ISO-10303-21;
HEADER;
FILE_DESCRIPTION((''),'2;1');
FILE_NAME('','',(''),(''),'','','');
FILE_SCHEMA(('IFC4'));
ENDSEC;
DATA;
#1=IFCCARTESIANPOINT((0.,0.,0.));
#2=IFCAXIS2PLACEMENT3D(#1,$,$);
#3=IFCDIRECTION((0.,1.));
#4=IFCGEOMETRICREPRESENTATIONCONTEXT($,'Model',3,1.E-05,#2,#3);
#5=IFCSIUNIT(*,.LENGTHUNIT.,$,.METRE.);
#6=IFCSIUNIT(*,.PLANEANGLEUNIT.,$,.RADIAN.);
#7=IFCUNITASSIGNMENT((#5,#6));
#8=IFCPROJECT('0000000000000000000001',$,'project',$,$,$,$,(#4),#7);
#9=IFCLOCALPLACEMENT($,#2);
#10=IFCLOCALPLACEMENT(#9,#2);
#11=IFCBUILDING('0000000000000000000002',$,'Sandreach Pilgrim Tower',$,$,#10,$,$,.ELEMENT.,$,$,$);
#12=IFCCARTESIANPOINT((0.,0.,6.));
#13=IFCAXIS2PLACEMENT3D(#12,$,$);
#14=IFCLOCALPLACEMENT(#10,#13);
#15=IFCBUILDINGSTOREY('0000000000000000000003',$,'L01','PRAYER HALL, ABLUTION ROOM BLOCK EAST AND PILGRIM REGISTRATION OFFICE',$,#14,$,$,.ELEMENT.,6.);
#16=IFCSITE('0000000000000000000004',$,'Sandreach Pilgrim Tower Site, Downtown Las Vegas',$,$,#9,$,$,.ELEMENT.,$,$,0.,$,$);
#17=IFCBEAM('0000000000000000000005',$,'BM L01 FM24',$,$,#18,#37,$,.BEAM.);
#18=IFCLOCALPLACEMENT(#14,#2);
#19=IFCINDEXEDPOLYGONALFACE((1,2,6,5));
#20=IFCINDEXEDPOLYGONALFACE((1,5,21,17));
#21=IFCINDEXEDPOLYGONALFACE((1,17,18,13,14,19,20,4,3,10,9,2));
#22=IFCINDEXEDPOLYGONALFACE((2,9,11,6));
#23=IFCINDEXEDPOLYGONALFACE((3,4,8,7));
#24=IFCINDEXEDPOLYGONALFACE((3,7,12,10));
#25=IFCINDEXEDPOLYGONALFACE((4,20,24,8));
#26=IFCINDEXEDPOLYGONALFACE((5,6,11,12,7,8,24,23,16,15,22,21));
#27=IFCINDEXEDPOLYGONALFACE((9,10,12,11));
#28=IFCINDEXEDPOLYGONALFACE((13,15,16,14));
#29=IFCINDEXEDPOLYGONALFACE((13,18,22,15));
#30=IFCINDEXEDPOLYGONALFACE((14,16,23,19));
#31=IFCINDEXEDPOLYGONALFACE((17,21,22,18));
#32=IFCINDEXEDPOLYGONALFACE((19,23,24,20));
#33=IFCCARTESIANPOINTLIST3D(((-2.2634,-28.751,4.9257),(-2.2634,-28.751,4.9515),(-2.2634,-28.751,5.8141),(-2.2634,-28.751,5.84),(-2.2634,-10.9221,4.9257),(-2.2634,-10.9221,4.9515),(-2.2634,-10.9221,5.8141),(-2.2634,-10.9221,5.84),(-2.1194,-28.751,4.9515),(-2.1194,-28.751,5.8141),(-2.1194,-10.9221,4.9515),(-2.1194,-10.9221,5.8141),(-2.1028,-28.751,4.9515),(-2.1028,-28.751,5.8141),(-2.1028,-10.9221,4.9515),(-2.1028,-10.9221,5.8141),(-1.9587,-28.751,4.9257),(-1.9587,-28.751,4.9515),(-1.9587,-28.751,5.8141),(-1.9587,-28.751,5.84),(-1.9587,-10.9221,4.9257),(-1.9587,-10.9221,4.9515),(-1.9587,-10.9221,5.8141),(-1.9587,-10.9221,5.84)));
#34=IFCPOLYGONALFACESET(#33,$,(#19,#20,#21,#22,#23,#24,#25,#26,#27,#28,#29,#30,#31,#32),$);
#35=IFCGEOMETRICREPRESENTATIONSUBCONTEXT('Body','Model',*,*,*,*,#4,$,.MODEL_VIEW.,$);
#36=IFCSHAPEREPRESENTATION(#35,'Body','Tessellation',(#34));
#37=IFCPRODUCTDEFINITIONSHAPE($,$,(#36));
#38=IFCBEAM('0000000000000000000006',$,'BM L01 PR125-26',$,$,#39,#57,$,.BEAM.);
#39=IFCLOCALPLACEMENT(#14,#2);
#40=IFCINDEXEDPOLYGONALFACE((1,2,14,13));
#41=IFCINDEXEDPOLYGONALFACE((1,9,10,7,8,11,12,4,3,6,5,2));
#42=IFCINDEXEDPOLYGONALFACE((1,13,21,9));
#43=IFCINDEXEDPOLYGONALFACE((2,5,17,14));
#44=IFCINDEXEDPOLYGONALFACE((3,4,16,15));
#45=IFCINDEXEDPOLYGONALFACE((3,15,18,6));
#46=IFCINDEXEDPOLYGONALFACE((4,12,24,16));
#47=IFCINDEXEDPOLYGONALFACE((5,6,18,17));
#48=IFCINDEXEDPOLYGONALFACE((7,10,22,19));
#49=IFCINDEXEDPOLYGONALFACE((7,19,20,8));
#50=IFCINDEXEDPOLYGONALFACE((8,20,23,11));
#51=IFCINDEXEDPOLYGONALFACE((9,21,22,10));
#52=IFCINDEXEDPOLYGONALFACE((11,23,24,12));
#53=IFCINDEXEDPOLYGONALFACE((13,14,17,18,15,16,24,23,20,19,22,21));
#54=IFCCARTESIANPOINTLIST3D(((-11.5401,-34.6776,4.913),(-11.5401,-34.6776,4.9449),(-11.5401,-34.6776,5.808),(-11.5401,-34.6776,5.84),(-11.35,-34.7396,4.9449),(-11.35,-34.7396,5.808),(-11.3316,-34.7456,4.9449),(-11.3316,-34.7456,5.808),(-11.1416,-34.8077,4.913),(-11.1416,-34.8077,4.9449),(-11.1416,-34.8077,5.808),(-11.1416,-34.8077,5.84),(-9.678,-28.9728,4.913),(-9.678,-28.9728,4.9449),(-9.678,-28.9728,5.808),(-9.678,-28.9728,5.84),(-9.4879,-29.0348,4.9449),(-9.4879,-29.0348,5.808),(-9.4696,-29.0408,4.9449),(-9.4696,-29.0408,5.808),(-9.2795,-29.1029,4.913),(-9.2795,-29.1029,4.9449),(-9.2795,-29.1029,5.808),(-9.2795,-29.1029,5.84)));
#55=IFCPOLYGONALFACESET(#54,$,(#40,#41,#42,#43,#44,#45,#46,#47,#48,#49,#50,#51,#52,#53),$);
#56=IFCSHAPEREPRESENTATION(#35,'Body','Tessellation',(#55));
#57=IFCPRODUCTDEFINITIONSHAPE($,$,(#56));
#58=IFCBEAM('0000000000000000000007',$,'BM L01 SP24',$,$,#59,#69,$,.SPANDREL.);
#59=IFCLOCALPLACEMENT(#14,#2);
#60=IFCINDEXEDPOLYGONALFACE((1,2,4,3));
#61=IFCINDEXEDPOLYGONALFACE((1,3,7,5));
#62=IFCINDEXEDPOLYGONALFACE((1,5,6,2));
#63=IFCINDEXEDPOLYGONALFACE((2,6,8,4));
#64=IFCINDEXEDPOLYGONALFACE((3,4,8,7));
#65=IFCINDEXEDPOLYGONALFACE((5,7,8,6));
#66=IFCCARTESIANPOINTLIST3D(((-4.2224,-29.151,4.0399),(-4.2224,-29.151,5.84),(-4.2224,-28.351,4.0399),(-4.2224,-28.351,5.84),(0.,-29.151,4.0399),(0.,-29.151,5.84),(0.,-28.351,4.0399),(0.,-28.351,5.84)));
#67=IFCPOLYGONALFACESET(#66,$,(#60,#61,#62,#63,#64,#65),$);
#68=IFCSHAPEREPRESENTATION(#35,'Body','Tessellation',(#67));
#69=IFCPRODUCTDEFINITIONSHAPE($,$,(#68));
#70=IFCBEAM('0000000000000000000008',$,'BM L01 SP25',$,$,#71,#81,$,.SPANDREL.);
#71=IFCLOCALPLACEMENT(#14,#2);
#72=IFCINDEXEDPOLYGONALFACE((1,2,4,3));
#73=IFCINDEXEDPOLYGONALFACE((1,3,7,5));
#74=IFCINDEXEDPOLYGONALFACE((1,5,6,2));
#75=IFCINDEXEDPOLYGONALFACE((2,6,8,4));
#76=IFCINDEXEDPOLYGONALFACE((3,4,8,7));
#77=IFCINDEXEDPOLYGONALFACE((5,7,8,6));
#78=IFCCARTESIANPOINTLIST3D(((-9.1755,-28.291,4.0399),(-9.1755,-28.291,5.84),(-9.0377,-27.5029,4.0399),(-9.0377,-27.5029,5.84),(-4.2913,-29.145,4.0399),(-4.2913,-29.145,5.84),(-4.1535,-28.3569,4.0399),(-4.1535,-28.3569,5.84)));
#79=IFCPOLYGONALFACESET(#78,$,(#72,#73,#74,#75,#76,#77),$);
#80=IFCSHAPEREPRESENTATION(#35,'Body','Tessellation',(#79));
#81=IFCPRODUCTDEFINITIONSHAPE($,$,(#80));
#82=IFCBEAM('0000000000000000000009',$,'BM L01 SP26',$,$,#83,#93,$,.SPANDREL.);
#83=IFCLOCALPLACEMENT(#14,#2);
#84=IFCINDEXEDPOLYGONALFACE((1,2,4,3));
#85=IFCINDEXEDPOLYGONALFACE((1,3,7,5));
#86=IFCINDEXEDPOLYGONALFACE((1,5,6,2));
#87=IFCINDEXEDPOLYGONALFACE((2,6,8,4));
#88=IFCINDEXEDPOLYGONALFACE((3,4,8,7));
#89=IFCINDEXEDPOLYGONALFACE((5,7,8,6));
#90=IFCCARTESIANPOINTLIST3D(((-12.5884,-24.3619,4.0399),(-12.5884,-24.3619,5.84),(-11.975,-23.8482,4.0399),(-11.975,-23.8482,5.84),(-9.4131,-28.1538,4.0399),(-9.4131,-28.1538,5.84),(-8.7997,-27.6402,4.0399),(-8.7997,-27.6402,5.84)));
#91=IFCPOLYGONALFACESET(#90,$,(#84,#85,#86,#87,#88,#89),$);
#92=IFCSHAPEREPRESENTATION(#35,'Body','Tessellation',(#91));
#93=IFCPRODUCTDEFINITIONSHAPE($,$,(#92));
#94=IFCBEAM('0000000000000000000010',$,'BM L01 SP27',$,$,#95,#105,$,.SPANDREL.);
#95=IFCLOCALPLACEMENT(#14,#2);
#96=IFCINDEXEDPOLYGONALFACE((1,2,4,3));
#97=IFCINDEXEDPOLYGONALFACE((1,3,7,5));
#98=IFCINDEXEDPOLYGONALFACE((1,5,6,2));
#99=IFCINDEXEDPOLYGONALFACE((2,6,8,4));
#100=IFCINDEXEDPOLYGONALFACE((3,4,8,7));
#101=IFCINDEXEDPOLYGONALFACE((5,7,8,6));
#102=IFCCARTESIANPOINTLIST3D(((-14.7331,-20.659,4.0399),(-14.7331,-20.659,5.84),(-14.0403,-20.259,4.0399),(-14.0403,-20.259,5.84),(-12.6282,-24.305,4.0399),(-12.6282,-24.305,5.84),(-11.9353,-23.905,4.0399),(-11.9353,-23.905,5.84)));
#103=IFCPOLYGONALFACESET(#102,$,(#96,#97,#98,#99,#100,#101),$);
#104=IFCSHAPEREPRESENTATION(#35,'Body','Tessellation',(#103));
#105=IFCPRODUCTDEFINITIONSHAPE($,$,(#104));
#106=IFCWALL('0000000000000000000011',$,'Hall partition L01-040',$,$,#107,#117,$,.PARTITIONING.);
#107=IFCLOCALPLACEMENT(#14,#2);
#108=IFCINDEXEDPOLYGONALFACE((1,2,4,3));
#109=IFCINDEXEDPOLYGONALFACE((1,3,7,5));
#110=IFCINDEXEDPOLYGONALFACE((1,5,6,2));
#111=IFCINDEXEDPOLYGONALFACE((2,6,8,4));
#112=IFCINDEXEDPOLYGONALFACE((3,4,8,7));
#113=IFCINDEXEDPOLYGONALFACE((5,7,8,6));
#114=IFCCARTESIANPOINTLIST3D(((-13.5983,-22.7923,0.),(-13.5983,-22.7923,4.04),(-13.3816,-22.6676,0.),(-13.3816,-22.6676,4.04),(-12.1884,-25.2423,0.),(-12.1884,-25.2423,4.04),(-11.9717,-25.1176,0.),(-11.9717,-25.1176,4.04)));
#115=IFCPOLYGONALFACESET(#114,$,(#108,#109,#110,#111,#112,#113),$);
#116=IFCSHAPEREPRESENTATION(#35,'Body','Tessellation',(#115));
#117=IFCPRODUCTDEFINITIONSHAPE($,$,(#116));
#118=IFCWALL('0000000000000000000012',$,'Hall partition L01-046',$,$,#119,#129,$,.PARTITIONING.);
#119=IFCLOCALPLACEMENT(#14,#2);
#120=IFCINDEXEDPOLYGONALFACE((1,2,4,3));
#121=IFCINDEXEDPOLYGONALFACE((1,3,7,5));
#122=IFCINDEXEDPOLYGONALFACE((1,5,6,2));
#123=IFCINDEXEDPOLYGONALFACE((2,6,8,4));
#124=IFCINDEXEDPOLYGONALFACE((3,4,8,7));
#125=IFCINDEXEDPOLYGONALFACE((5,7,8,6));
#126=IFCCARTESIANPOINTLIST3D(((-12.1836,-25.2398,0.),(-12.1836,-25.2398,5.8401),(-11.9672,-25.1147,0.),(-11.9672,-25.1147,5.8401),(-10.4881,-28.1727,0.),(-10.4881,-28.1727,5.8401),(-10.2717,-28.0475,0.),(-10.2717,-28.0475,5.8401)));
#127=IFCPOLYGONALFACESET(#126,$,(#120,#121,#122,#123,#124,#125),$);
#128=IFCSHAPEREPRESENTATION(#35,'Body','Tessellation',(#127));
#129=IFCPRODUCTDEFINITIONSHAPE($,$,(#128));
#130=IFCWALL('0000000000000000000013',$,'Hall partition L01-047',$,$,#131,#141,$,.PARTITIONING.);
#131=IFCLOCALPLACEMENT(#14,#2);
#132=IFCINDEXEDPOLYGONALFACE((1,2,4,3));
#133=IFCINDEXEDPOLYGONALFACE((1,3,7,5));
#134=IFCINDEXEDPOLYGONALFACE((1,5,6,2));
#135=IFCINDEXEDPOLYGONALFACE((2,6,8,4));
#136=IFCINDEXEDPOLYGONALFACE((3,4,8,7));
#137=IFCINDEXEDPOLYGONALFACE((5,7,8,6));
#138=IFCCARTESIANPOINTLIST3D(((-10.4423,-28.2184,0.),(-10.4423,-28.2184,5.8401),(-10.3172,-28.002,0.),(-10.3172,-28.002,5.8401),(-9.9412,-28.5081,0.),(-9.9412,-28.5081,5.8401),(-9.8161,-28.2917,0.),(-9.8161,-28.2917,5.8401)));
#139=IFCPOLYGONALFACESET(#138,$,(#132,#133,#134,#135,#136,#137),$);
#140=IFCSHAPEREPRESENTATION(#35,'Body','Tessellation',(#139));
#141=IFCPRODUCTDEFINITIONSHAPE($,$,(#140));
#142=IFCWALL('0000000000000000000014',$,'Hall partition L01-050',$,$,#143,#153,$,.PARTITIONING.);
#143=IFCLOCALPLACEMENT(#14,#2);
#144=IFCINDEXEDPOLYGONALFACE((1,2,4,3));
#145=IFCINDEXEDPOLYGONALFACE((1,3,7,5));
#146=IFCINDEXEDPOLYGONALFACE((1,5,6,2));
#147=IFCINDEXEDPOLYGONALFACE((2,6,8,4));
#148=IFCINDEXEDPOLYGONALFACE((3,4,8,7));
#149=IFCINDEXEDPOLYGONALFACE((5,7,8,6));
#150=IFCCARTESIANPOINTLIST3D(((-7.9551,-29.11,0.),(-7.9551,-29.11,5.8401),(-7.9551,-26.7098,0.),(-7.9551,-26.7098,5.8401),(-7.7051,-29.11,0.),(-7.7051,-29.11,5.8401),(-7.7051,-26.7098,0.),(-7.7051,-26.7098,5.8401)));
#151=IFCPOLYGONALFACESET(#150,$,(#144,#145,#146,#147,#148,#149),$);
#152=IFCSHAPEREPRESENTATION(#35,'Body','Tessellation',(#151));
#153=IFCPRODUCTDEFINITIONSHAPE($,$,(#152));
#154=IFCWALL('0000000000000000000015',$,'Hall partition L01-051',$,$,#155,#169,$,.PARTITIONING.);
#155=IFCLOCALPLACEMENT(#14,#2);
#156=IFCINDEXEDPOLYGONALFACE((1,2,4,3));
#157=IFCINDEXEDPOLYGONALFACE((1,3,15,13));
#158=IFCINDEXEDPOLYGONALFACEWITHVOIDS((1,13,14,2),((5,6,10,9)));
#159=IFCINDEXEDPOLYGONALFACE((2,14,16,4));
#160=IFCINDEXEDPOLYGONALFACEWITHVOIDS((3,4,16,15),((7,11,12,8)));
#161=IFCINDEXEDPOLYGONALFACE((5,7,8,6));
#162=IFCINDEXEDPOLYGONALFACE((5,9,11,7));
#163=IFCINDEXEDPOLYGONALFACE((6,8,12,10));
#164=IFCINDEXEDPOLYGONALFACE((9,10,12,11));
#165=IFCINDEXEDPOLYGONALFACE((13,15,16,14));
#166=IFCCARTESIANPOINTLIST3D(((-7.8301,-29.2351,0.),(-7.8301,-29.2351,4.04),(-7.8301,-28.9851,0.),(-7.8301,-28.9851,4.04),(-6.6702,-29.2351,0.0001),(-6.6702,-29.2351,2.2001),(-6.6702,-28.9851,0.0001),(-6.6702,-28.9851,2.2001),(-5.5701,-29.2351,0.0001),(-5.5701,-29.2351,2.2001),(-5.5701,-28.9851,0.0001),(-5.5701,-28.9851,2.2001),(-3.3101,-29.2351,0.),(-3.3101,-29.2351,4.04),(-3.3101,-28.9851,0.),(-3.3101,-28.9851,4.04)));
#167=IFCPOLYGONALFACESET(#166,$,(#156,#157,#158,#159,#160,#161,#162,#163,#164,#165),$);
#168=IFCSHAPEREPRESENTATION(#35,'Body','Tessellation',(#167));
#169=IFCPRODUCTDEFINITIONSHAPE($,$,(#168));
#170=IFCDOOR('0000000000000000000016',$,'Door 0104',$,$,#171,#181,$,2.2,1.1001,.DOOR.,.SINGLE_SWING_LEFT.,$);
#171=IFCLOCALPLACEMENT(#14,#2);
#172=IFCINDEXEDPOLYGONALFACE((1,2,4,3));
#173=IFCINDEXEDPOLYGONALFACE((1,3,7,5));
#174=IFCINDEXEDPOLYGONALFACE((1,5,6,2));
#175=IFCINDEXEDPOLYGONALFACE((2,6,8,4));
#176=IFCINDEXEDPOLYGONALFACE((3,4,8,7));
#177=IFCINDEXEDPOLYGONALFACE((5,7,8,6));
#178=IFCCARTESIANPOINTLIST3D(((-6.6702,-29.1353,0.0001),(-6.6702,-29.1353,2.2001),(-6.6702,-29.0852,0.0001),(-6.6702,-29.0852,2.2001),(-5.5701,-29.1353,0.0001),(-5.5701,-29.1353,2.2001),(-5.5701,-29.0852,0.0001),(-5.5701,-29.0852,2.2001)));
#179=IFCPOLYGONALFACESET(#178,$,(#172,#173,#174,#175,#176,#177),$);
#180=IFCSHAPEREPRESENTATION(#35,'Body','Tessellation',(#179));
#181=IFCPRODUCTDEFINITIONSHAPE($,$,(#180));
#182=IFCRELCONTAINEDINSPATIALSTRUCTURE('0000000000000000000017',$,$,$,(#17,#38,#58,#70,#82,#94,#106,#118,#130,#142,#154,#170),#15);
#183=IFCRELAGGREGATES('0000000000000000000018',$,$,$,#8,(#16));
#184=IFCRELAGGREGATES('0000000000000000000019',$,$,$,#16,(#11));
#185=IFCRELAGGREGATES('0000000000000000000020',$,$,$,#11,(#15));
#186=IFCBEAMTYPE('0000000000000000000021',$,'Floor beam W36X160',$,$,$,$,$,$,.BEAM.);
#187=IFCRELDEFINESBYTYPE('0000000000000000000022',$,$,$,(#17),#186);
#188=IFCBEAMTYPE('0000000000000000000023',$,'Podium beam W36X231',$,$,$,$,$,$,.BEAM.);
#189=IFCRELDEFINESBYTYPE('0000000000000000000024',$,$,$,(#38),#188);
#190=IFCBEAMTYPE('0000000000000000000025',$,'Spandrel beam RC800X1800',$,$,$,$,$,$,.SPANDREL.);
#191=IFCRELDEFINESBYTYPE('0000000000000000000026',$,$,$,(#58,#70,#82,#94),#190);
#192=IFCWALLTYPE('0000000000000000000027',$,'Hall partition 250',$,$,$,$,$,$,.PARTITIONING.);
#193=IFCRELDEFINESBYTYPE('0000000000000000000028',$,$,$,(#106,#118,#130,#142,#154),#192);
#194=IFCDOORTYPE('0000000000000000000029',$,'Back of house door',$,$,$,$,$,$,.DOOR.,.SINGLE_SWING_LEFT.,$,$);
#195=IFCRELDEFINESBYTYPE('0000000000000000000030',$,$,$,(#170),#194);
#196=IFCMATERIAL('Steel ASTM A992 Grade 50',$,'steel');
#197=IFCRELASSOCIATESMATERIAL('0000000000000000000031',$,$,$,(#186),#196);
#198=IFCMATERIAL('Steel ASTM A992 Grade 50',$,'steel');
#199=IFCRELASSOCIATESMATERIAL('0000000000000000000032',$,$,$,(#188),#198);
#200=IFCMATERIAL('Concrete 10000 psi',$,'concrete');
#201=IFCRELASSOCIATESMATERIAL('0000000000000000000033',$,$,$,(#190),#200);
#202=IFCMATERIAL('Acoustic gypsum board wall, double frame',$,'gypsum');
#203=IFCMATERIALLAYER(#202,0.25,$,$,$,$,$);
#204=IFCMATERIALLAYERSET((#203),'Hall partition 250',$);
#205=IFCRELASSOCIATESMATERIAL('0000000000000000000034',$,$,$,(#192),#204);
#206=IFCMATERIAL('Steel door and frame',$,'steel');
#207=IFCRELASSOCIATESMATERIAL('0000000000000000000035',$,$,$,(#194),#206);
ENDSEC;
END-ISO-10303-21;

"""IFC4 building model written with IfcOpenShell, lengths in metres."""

from ifc_helpers import new_model, si_unit, direction, frame, frame_2d, origin, origin_2d, place, context, subcontext, project, spatial, rectangle, i_section, extrude, material, layer, layer_set, material_profile, profile_set, type_object, element, fill, save


model = new_model("IFC4")

# Units and contexts
model_context = context("Model", 3, precision=1e-05, world=origin(), true_north=direction((0.0, 1.0)))
body_context = subcontext(model_context, "Body", "Model", "MODEL_VIEW")
ifc_project = project(units=[si_unit("LENGTHUNIT", "METRE"), si_unit("PLANEANGLEUNIT", "RADIAN")], contexts=[model_context])

# Site, building, storey
site_placement = place(None, origin())
site = spatial("IfcSite", under=ifc_project, at=site_placement, Name="Sandreach Pilgrim Tower Site, Downtown Las Vegas", CompositionType="ELEMENT", RefElevation=0.0)
building_placement = place(site_placement, origin())
building = spatial("IfcBuilding", under=site, at=building_placement, Name="Sandreach Pilgrim Tower", CompositionType="ELEMENT")
storey_placement = place(building_placement, frame((0.0, 0.0, 6.0)))
storey = spatial("IfcBuildingStorey", under=building, at=storey_placement, Name="L01", Description="PRAYER HALL, ABLUTION ROOM BLOCK EAST AND PILGRIM REGISTRATION OFFICE", CompositionType="ELEMENT", Elevation=6.0)

# Beams
ifc_material_1 = material(Name="Steel ASTM A992 Grade 50", Category="steel")
ifc_material_profile_1 = material_profile(ifc_material_1, i_section(OverallWidth=0.3047, OverallDepth=0.9143, WebThickness=0.0166, FlangeThickness=0.0259, at=origin_2d()), Name="W36X160")
ifc_profile_set_1 = profile_set([ifc_material_profile_1], Name="Steel ASTM A992 Grade 50")
beam_type_1 = type_object("IfcBeamType", Name="Floor beam W36X160", PredefinedType="BEAM", material=ifc_profile_set_1)
beam_1_placement = place(storey_placement, frame((-2.1111, -28.751, 5.3828), z_axis=(0.0, 1.0, 0.0), x_axis=(-1.0, 0.0, 0.0)))
element("IfcBeam", 1, at=beam_1_placement, inside=storey, type_object=beam_type_1, Name="BM L01 FM24", PredefinedType="BEAM", context=body_context, shape_type="SweptSolid", body=[
    extrude(i_section(OverallWidth=0.3047, OverallDepth=0.9143, WebThickness=0.0166, FlangeThickness=0.0259, at=origin_2d()), origin(), (0.0, 0.0, 1.0), 17.8289),
])
ifc_material_2 = material(Name="Steel ASTM A992 Grade 50", Category="steel")
ifc_material_profile_2 = material_profile(ifc_material_2, i_section(OverallWidth=0.4192, OverallDepth=0.927, WebThickness=0.0193, FlangeThickness=0.032, at=origin_2d()), Name="W36X231")
ifc_profile_set_2 = profile_set([ifc_material_profile_2], Name="Steel ASTM A992 Grade 50")
beam_type_2 = type_object("IfcBeamType", Name="Podium beam W36X231", PredefinedType="BEAM", material=ifc_profile_set_2)
beam_2_placement = place(storey_placement, frame((-9.4788, -29.0378, 5.3765), z_axis=(-0.31029, -0.950642, 0.0), x_axis=(0.950642, -0.31029, 0.0)))
element("IfcBeam", 2, at=beam_2_placement, inside=storey, type_object=beam_type_2, Name="BM L01 PR125-26", PredefinedType="BEAM", context=body_context, shape_type="SweptSolid", body=[
    extrude(i_section(OverallWidth=0.4192, OverallDepth=0.927, WebThickness=0.0193, FlangeThickness=0.032, at=origin_2d()), origin(), (0.0, 0.0, 1.0), 6.001),
])
ifc_material_3 = material(Name="Concrete 10000 psi", Category="concrete")
ifc_material_profile_3 = material_profile(ifc_material_3, rectangle(XDim=0.8, YDim=1.8, at=origin_2d()), Name="RC800X1800")
ifc_profile_set_3 = profile_set([ifc_material_profile_3], Name="Concrete 10000 psi")
beam_type_3 = type_object("IfcBeamType", Name="Spandrel beam RC800X1800", PredefinedType="SPANDREL", material=ifc_profile_set_3)
beam_3_placement = place(storey_placement, frame((0.0, -28.751, 4.9399), z_axis=(-1.0, 0.0, 0.0), x_axis=(0.0, -1.0, 0.0)))
element("IfcBeam", 3, at=beam_3_placement, inside=storey, type_object=beam_type_3, Name="BM L01 SP24", PredefinedType="SPANDREL", context=body_context, shape_type="SweptSolid", body=[
    extrude(rectangle(XDim=0.8, YDim=1.8, at=origin_2d()), origin(), (0.0, 0.0, 1.0), 4.2224),
])
beam_4_placement = place(storey_placement, frame((-4.2224, -28.751, 4.9399), z_axis=(-0.985054, 0.172243, 0.0), x_axis=(-0.172243, -0.985054, 0.0)))
element("IfcBeam", 4, at=beam_4_placement, inside=storey, type_object=beam_type_3, Name="BM L01 SP25", PredefinedType="SPANDREL", context=body_context, shape_type="SweptSolid", body=[
    extrude(rectangle(XDim=0.8, YDim=1.8, at=origin_2d()), origin(), (0.0, 0.0, 1.0), 4.9583),
])
beam_5_placement = place(storey_placement, frame((-9.1064, -27.897, 4.9399), z_axis=(-0.642008, 0.766698, 0.0), x_axis=(-0.766698, -0.642008, 0.0)))
element("IfcBeam", 5, at=beam_5_placement, inside=storey, type_object=beam_type_3, Name="BM L01 SP26", PredefinedType="SPANDREL", context=body_context, shape_type="SweptSolid", body=[
    extrude(rectangle(XDim=0.8, YDim=1.8, at=origin_2d()), origin(), (0.0, 0.0, 1.0), 4.9458),
])
beam_6_placement = place(storey_placement, frame((-12.2817, -24.105, 4.9399), z_axis=(-0.499994, 0.866029, 0.0), x_axis=(-0.866029, -0.499994, 0.0)))
element("IfcBeam", 6, at=beam_6_placement, inside=storey, type_object=beam_type_3, Name="BM L01 SP27", PredefinedType="SPANDREL", context=body_context, shape_type="SweptSolid", body=[
    extrude(rectangle(XDim=0.8, YDim=1.8, at=origin_2d()), origin(), (0.0, 0.0, 1.0), 4.21),
])

# Walls
ifc_material_4 = material(Name="Acoustic gypsum board wall, double frame", Category="gypsum")
ifc_layer = layer(ifc_material_4, 0.25)
ifc_layer_set = layer_set([ifc_layer], Name="Hall partition 250")
wall_type = type_object("IfcWallType", Name="Hall partition 250", PredefinedType="PARTITIONING", material=ifc_layer_set)
wall_1_placement = place(storey_placement, frame((-12.0801, -25.1799, 0.0), z_axis=(0.0, 0.0, 1.0), x_axis=(-0.498788, 0.866724, 0.0)))
element("IfcWall", 7, at=wall_1_placement, inside=storey, type_object=wall_type, Name="Hall partition L01-040", PredefinedType="PARTITIONING", context=body_context, shape_type="SweptSolid", body=[
    extrude(rectangle(XDim=2.8267, YDim=0.25, at=frame_2d((1.4133, 0.0))), origin(), (0.0, 0.0, 1.0), 4.04),
])
wall_2_placement = place(storey_placement, frame((-10.3799, -28.1101, 0.0), z_axis=(0.0, 0.0, 1.0), x_axis=(-0.500502, 0.865735, 0.0)))
element("IfcWall", 8, at=wall_2_placement, inside=storey, type_object=wall_type, Name="Hall partition L01-046", PredefinedType="PARTITIONING", context=body_context, shape_type="SweptSolid", body=[
    extrude(rectangle(XDim=3.3877, YDim=0.25, at=frame_2d((1.6938, 0.0))), origin(), (0.0, 0.0, 1.0), 5.8401),
])
wall_3_placement = place(storey_placement, frame((-10.3799, -28.1101, 0.0), z_axis=(0.0, 0.0, 1.0), x_axis=(0.865715, -0.500538, 0.0)))
element("IfcWall", 9, at=wall_3_placement, inside=storey, type_object=wall_type, Name="Hall partition L01-047", PredefinedType="PARTITIONING", context=body_context, shape_type="SweptSolid", body=[
    extrude(rectangle(XDim=0.5789, YDim=0.25, at=frame_2d((0.2896, 0.0))), origin(), (0.0, 0.0, 1.0), 5.8401),
])
wall_4_placement = place(storey_placement, frame((-7.8301, -29.1101, 0.0), z_axis=(0.0, 0.0, 1.0), x_axis=(0.0, 1.0, 0.0)))
element("IfcWall", 10, at=wall_4_placement, inside=storey, type_object=wall_type, Name="Hall partition L01-050", PredefinedType="PARTITIONING", context=body_context, shape_type="SweptSolid", body=[
    extrude(rectangle(XDim=2.4001, YDim=0.25, at=frame_2d((1.2002, 0.0))), origin(), (0.0, 0.0, 1.0), 5.8401),
])

# Wall, opening, door
wall_5_placement = place(storey_placement, frame((-7.8301, -29.1101, 0.0), z_axis=(0.0, 0.0, 1.0), x_axis=(1.0, 0.0, 0.0)))
wall_5 = element("IfcWall", 11, at=wall_5_placement, inside=storey, type_object=wall_type, Name="Hall partition L01-051", PredefinedType="PARTITIONING", context=body_context, shape_type="SweptSolid", body=[
    extrude(rectangle(XDim=4.52, YDim=0.25, at=frame_2d((2.26, 0.0))), origin(), (0.0, 0.0, 1.0), 4.04),
])
opening_1_placement = place(wall_5_placement, frame((1.1599, 0.0, 0.0)))
opening_1 = element("IfcOpeningElement", 12, at=opening_1_placement, cuts=wall_5, PredefinedType="OPENING", context=body_context, shape_type="SweptSolid", body=[
    extrude(rectangle(XDim=1.1001, YDim=2.2, at=frame_2d((0.55, 1.1001))), frame((0.0, 0.125, 0.0), z_axis=(0.0, -1.0, 0.0), x_axis=(1.0, 0.0, 0.0)), (0.0, 0.0, 1.0), 0.25),
])
ifc_material_5 = material(Name="Steel door and frame", Category="steel")
door_type = type_object("IfcDoorType", Name="Back of house door", OperationType="SINGLE_SWING_LEFT", PredefinedType="DOOR", material=ifc_material_5)
door_1_placement = place(opening_1_placement, origin())
door_1 = element("IfcDoor", 13, at=door_1_placement, inside=storey, type_object=door_type, Name="Door 0104", OperationType="SINGLE_SWING_LEFT", OverallHeight=2.2, OverallWidth=1.1001, PredefinedType="DOOR", context=body_context, shape_type="SweptSolid", body=[
    extrude(rectangle(XDim=1.1001, YDim=2.2, at=frame_2d((0.55, 1.1001))), frame((0.0, 0.0249, 0.0), z_axis=(0.0, -1.0, 0.0), x_axis=(1.0, 0.0, 0.0)), (0.0, 0.0, 1.0), 0.05),
])
fill(opening_1, door_1)

save(model, "model.ifc")
